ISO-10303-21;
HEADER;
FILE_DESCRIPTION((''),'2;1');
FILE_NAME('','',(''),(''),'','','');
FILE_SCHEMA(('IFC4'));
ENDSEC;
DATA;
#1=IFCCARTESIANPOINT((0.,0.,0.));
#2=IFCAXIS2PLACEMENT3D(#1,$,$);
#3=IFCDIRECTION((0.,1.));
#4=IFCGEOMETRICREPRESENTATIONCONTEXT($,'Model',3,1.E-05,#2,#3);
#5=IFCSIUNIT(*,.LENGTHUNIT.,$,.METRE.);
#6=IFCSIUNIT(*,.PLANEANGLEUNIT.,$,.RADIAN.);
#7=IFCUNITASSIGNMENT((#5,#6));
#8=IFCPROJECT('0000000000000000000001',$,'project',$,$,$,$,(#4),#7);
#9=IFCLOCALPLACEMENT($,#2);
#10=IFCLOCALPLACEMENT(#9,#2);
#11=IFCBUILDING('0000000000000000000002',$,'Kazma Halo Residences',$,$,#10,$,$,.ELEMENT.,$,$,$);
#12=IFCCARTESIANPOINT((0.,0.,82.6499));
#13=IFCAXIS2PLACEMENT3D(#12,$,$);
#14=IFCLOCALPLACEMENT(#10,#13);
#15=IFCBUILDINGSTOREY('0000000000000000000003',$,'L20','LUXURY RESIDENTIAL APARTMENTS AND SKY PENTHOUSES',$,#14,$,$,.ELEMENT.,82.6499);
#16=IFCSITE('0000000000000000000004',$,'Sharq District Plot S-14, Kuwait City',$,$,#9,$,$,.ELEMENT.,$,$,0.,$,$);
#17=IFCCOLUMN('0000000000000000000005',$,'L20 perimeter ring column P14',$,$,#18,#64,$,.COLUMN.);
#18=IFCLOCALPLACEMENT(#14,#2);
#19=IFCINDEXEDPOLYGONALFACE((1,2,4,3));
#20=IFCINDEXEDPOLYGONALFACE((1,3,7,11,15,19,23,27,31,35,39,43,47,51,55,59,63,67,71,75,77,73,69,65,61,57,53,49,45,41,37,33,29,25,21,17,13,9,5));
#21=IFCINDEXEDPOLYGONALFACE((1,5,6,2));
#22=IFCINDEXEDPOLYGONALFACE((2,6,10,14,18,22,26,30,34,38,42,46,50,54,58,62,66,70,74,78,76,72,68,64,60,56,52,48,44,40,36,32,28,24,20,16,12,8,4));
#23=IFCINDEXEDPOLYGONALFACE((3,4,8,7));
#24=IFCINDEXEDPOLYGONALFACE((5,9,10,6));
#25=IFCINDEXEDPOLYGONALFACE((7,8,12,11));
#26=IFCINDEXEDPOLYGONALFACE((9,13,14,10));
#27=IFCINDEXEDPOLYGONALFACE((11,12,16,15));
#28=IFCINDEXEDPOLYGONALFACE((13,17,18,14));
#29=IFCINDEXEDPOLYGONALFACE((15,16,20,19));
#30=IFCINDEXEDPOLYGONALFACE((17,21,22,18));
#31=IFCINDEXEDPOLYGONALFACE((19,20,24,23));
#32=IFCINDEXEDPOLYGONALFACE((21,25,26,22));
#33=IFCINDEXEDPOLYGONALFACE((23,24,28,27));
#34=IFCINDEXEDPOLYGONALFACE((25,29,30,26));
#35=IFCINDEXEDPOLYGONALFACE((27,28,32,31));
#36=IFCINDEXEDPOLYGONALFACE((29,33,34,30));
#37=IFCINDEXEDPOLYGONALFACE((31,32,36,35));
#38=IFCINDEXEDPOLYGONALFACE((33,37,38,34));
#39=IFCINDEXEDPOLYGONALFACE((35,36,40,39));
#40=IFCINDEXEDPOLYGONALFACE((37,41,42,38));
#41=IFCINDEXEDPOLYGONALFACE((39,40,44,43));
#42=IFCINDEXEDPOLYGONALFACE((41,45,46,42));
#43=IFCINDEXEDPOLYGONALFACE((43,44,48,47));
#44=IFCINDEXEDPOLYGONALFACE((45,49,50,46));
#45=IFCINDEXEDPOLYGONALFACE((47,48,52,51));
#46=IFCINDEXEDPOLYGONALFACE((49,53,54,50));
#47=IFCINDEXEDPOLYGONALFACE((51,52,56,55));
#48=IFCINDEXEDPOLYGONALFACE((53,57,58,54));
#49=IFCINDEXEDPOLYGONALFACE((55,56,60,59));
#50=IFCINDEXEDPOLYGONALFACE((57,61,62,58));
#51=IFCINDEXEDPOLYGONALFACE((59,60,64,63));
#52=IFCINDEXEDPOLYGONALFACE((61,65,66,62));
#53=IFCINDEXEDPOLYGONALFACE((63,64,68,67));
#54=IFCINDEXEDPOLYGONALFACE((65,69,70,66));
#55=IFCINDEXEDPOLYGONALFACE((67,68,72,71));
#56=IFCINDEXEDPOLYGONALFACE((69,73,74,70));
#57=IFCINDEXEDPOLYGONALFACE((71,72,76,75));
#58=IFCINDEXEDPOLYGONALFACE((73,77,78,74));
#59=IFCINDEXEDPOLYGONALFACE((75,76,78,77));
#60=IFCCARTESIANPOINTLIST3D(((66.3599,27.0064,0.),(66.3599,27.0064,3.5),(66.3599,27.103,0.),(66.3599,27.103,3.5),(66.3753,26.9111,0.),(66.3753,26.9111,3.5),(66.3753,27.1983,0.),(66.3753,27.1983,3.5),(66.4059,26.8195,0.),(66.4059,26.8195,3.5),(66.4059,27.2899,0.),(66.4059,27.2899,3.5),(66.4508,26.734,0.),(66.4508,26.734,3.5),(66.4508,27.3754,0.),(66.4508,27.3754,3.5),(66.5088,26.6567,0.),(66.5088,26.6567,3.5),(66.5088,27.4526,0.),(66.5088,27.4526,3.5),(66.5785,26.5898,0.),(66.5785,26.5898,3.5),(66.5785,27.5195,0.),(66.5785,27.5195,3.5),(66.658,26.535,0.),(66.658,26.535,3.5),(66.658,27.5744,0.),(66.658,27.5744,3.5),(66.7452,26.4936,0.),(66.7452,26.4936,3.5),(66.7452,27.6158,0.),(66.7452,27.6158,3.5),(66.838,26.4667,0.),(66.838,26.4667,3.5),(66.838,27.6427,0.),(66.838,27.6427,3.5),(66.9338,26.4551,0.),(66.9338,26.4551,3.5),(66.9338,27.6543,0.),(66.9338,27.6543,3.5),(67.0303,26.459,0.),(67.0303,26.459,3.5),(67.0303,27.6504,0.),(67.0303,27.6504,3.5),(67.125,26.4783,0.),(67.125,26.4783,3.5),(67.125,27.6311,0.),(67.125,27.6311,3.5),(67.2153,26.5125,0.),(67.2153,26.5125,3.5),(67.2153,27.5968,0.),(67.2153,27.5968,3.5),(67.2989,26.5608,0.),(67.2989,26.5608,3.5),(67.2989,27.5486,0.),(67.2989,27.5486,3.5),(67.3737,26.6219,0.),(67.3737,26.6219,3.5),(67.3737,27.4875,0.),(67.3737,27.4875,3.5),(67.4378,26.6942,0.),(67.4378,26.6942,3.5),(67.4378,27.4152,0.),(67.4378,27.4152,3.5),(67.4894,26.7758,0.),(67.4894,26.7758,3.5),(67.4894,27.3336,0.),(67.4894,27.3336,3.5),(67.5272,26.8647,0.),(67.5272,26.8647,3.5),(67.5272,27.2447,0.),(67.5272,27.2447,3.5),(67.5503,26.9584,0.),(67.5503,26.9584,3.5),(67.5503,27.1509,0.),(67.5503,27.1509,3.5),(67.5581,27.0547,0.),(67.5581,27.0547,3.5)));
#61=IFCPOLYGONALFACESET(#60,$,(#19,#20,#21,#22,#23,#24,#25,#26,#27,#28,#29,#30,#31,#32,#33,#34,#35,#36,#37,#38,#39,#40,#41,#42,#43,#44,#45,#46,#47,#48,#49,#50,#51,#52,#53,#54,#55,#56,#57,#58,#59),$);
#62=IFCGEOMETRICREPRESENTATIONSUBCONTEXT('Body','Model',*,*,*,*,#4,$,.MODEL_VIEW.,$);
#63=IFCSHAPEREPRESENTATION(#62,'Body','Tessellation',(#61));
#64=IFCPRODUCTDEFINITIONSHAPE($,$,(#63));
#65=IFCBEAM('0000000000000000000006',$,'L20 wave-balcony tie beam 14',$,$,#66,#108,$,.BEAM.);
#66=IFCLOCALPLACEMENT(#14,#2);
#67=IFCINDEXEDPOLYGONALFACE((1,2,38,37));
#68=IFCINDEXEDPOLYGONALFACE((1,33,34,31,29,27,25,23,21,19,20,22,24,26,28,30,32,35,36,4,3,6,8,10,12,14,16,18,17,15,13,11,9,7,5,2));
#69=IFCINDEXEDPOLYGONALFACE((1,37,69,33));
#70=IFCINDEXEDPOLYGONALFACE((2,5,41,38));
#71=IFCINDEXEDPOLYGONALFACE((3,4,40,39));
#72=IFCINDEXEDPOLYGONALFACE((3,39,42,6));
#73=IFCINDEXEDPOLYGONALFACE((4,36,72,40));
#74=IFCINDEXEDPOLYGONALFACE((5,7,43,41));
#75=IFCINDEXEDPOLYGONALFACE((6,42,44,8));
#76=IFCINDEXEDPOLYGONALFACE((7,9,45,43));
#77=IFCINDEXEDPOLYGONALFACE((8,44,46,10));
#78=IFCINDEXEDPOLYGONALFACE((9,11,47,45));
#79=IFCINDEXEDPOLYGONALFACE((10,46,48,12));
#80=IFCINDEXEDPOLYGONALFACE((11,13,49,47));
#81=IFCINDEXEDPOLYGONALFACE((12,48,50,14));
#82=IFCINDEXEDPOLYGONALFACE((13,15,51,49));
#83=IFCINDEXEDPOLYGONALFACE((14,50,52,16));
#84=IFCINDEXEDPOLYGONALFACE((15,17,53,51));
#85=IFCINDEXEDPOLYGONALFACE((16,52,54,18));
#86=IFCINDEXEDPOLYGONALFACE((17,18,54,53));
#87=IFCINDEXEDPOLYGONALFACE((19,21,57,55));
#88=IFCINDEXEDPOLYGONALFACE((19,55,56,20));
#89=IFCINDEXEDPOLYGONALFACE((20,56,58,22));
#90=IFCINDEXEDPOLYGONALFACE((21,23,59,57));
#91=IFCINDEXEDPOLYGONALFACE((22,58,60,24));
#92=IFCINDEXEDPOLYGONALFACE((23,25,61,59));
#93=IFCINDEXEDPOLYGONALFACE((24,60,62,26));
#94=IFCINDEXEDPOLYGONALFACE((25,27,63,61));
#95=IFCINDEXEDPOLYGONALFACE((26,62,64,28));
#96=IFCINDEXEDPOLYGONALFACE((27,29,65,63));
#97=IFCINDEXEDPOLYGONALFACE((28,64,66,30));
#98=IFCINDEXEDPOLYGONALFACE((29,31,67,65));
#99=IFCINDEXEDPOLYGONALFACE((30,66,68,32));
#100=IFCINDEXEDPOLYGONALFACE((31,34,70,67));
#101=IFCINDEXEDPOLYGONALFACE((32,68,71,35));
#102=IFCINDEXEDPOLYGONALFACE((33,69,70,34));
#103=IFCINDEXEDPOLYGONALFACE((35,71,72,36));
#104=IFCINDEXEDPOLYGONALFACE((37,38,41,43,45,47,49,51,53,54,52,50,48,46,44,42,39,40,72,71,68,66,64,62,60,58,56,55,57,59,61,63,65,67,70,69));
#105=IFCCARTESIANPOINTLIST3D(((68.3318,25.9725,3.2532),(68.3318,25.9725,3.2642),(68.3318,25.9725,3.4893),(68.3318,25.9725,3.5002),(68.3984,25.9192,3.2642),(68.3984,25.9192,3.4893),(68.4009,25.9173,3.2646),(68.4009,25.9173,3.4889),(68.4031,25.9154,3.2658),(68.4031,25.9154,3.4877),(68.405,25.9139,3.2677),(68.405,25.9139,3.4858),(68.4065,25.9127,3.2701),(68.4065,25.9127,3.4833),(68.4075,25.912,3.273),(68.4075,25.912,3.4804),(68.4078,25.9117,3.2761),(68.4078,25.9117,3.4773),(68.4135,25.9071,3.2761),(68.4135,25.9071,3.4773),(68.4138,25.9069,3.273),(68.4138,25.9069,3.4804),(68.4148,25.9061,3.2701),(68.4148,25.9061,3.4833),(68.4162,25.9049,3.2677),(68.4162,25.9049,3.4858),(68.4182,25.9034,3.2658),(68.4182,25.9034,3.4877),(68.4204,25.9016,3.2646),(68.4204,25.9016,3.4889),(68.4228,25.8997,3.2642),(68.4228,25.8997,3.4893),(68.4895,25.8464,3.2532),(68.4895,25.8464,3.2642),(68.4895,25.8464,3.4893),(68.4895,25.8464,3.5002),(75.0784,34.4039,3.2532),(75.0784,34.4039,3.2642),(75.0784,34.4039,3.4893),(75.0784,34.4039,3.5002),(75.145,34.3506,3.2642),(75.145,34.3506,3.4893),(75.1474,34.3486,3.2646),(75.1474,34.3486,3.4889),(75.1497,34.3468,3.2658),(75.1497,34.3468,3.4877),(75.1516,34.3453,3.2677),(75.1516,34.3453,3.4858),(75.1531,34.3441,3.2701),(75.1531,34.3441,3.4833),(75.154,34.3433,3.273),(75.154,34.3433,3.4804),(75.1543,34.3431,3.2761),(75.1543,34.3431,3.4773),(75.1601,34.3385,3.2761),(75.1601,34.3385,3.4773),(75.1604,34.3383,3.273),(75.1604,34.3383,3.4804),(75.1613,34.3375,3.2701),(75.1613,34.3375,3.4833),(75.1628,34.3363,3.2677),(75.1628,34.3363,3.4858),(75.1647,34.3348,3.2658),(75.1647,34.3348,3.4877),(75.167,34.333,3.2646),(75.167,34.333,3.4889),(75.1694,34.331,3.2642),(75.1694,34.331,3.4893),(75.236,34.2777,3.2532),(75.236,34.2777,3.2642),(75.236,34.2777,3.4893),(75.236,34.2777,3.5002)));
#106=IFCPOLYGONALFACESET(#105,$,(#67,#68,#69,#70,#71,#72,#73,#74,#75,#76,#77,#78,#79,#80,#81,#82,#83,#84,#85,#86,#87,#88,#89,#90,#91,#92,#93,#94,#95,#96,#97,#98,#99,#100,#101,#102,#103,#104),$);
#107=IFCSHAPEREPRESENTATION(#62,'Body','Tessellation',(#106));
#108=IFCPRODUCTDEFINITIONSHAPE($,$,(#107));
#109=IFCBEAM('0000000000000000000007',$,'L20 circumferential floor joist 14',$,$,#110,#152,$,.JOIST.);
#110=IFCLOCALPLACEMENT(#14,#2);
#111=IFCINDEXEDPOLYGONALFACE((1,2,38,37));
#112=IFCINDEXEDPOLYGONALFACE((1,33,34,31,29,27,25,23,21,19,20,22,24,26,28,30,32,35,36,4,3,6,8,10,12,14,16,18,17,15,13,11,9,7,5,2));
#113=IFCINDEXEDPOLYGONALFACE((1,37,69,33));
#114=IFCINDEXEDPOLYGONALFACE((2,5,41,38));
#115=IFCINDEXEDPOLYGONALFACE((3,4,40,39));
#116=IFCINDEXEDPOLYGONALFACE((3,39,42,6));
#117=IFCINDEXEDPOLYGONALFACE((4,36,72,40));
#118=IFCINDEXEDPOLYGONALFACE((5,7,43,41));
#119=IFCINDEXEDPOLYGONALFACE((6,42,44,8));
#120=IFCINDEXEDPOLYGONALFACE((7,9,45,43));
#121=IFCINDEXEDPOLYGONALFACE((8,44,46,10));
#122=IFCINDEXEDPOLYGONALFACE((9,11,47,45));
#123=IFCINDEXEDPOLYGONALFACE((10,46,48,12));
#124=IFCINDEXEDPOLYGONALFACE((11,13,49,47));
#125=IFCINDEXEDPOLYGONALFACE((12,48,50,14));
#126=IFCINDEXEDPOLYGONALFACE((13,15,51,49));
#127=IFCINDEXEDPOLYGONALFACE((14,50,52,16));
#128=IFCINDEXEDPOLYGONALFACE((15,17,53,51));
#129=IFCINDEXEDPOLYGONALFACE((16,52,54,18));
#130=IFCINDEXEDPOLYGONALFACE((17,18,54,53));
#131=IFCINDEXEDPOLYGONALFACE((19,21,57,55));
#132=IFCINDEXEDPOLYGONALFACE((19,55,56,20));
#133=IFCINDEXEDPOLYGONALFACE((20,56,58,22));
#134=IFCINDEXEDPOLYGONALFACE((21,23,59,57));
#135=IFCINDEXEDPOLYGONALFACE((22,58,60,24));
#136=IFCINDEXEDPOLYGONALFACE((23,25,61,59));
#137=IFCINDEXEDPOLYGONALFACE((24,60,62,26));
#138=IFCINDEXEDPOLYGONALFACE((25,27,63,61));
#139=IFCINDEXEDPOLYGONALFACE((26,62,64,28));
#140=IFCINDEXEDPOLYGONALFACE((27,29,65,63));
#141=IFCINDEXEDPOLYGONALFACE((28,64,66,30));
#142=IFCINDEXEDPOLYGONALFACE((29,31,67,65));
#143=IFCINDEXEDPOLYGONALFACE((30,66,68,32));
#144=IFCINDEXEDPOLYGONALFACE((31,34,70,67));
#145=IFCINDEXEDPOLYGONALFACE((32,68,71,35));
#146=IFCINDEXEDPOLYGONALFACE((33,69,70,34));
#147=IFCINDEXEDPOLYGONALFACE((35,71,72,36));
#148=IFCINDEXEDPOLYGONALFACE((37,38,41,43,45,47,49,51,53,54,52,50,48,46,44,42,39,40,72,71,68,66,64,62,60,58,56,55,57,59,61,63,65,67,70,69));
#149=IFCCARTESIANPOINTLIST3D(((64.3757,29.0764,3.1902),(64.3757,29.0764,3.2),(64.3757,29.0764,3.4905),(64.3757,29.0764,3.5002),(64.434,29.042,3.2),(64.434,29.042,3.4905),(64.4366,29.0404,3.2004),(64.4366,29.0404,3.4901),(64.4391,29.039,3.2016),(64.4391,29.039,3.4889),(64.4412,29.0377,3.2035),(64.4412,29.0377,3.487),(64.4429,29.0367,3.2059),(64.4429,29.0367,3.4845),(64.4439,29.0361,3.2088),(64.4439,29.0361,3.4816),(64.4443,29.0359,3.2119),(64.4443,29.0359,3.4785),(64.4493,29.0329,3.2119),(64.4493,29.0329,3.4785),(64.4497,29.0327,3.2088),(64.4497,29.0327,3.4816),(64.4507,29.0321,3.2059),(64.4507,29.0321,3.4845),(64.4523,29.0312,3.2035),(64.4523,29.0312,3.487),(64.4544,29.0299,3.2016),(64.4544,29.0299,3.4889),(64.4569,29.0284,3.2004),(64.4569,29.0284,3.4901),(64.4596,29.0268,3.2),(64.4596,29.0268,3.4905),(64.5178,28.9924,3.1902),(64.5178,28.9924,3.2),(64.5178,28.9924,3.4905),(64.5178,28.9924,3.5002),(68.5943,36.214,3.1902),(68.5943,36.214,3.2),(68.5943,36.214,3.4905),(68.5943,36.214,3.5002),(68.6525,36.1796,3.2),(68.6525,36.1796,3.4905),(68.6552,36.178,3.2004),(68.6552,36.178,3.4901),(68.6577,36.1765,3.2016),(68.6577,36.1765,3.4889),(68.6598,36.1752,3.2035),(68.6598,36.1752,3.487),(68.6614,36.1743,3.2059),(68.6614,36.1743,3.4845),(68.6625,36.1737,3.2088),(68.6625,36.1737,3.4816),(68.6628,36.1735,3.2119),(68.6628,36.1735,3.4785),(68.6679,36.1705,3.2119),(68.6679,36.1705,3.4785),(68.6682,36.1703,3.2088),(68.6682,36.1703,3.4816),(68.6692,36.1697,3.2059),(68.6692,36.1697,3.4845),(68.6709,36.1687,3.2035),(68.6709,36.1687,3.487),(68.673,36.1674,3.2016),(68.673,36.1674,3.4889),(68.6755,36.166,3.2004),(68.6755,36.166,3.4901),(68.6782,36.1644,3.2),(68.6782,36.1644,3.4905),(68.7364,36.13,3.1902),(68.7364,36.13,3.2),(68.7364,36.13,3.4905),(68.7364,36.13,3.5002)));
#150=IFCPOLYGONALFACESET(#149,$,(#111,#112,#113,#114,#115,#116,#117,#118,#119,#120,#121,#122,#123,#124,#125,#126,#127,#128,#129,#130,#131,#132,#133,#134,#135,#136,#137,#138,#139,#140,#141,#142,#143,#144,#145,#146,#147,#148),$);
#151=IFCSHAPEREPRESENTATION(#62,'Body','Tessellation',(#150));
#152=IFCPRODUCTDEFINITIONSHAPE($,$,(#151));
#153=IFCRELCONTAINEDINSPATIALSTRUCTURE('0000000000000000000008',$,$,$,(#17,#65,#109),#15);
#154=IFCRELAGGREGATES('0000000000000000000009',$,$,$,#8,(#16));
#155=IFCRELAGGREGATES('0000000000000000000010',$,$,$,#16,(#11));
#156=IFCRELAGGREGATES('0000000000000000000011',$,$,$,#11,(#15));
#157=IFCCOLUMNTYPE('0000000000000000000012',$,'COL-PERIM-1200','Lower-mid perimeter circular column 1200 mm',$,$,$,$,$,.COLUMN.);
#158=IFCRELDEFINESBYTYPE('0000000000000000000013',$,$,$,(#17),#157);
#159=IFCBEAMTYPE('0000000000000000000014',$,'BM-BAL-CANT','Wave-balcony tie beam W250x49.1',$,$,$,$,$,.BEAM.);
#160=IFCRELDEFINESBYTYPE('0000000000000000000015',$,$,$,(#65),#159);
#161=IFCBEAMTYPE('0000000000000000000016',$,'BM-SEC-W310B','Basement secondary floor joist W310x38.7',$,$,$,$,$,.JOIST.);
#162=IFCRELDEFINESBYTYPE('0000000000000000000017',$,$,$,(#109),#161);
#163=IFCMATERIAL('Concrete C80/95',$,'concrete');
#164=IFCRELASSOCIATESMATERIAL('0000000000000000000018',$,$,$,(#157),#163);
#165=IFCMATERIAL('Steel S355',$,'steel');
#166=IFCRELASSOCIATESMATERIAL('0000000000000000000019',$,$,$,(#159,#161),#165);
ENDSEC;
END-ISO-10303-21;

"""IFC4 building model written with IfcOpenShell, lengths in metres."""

from ifc_helpers import new_model, si_unit, direction, frame, origin, origin_2d, place, context, subcontext, project, spatial, circle, i_section, extrude, material, material_profile, profile_set, type_object, element, save


model = new_model("IFC4")

# Units and contexts
model_context = context("Model", 3, precision=1e-05, world=origin(), true_north=direction((0.0, 1.0)))
body_context = subcontext(model_context, "Body", "Model", "MODEL_VIEW")
ifc_project = project(units=[si_unit("LENGTHUNIT", "METRE"), si_unit("PLANEANGLEUNIT", "RADIAN")], contexts=[model_context])

# Site, building, storey
site_placement = place(None, origin())
site = spatial("IfcSite", under=ifc_project, at=site_placement, Name="Sharq District Plot S-14, Kuwait City", CompositionType="ELEMENT", RefElevation=0.0)
building_placement = place(site_placement, origin())
building = spatial("IfcBuilding", under=site, at=building_placement, Name="Kazma Halo Residences", CompositionType="ELEMENT")
storey_placement = place(building_placement, frame((0.0, 0.0, 82.6499)))
storey = spatial("IfcBuildingStorey", under=building, at=storey_placement, Name="L20", Description="LUXURY RESIDENTIAL APARTMENTS AND SKY PENTHOUSES", CompositionType="ELEMENT", Elevation=82.6499)

# Column
ifc_material_1 = material(Name="Concrete C80/95", Category="concrete")
ifc_material_profile_1 = material_profile(ifc_material_1, circle(Radius=0.6001, at=origin_2d()), Name="CIRC1200")
ifc_profile_set_1 = profile_set([ifc_material_profile_1], Name="Concrete C80/95")
column_type = type_object("IfcColumnType", Name="COL-PERIM-1200", Description="Lower-mid perimeter circular column 1200 mm", PredefinedType="COLUMN", material=ifc_profile_set_1)
column_placement = place(storey_placement, frame((66.958, 27.0547, 0.0), z_axis=(0.0, 0.0, 1.0), x_axis=(1.0, 0.0, 0.0)))
element("IfcColumn", 1, at=column_placement, inside=storey, type_object=column_type, Name="L20 perimeter ring column P14", PredefinedType="COLUMN", context=body_context, shape_type="SweptSolid", body=[
    extrude(circle(Radius=0.6001, at=origin_2d()), origin(), (0.0, 0.0, 1.0), 3.5),
])

# Beams
ifc_material_2 = material(Name="Steel S355", Category="steel")
ifc_material_profile_2 = material_profile(ifc_material_2, i_section(OverallWidth=0.2019, OverallDepth=0.2471, WebThickness=0.0073, FlangeThickness=0.011, FilletRadius=0.012, at=origin_2d()), Name="W250x49.1")
ifc_profile_set_2 = profile_set([ifc_material_profile_2], Name="Steel S355")
beam_type_1 = type_object("IfcBeamType", Name="BM-BAL-CANT", Description="Wave-balcony tie beam W250x49.1", PredefinedType="BEAM", material=ifc_profile_set_2)
beam_1_placement = place(storey_placement, frame((68.4106, 25.9094, 3.3767), z_axis=(0.624778, 0.780803, 0.0), x_axis=(-0.780803, 0.624778, 0.0)))
element("IfcBeam", 2, at=beam_1_placement, inside=storey, type_object=beam_type_1, Name="L20 wave-balcony tie beam 14", PredefinedType="BEAM", context=body_context, shape_type="SweptSolid", body=[
    extrude(i_section(OverallWidth=0.2019, OverallDepth=0.2471, WebThickness=0.0073, FlangeThickness=0.011, FilletRadius=0.012, at=origin_2d()), origin(), (0.0, 0.0, 1.0), 10.7983),
])
ifc_material_profile_3 = material_profile(ifc_material_2, i_section(OverallWidth=0.165, OverallDepth=0.3101, WebThickness=0.0059, FlangeThickness=0.0098, FilletRadius=0.012, at=origin_2d()), Name="W310x38.7")
ifc_profile_set_3 = profile_set([ifc_material_profile_3], Name="Steel S355")
beam_type_2 = type_object("IfcBeamType", Name="BM-SEC-W310B", Description="Basement secondary floor joist W310x38.7", PredefinedType="JOIST", material=ifc_profile_set_3)
beam_2_placement = place(storey_placement, frame((64.4468, 29.0344, 3.3452), z_axis=(0.508812, 0.860878, 0.0), x_axis=(-0.860878, 0.508812, 0.0)))
element("IfcBeam", 3, at=beam_2_placement, inside=storey, type_object=beam_type_2, Name="L20 circumferential floor joist 14", PredefinedType="JOIST", context=body_context, shape_type="SweptSolid", body=[
    extrude(i_section(OverallWidth=0.165, OverallDepth=0.3101, WebThickness=0.0059, FlangeThickness=0.0098, FilletRadius=0.012, at=origin_2d()), origin(), (0.0, 0.0, 1.0), 8.291),
])

save(model, "model.ifc")
